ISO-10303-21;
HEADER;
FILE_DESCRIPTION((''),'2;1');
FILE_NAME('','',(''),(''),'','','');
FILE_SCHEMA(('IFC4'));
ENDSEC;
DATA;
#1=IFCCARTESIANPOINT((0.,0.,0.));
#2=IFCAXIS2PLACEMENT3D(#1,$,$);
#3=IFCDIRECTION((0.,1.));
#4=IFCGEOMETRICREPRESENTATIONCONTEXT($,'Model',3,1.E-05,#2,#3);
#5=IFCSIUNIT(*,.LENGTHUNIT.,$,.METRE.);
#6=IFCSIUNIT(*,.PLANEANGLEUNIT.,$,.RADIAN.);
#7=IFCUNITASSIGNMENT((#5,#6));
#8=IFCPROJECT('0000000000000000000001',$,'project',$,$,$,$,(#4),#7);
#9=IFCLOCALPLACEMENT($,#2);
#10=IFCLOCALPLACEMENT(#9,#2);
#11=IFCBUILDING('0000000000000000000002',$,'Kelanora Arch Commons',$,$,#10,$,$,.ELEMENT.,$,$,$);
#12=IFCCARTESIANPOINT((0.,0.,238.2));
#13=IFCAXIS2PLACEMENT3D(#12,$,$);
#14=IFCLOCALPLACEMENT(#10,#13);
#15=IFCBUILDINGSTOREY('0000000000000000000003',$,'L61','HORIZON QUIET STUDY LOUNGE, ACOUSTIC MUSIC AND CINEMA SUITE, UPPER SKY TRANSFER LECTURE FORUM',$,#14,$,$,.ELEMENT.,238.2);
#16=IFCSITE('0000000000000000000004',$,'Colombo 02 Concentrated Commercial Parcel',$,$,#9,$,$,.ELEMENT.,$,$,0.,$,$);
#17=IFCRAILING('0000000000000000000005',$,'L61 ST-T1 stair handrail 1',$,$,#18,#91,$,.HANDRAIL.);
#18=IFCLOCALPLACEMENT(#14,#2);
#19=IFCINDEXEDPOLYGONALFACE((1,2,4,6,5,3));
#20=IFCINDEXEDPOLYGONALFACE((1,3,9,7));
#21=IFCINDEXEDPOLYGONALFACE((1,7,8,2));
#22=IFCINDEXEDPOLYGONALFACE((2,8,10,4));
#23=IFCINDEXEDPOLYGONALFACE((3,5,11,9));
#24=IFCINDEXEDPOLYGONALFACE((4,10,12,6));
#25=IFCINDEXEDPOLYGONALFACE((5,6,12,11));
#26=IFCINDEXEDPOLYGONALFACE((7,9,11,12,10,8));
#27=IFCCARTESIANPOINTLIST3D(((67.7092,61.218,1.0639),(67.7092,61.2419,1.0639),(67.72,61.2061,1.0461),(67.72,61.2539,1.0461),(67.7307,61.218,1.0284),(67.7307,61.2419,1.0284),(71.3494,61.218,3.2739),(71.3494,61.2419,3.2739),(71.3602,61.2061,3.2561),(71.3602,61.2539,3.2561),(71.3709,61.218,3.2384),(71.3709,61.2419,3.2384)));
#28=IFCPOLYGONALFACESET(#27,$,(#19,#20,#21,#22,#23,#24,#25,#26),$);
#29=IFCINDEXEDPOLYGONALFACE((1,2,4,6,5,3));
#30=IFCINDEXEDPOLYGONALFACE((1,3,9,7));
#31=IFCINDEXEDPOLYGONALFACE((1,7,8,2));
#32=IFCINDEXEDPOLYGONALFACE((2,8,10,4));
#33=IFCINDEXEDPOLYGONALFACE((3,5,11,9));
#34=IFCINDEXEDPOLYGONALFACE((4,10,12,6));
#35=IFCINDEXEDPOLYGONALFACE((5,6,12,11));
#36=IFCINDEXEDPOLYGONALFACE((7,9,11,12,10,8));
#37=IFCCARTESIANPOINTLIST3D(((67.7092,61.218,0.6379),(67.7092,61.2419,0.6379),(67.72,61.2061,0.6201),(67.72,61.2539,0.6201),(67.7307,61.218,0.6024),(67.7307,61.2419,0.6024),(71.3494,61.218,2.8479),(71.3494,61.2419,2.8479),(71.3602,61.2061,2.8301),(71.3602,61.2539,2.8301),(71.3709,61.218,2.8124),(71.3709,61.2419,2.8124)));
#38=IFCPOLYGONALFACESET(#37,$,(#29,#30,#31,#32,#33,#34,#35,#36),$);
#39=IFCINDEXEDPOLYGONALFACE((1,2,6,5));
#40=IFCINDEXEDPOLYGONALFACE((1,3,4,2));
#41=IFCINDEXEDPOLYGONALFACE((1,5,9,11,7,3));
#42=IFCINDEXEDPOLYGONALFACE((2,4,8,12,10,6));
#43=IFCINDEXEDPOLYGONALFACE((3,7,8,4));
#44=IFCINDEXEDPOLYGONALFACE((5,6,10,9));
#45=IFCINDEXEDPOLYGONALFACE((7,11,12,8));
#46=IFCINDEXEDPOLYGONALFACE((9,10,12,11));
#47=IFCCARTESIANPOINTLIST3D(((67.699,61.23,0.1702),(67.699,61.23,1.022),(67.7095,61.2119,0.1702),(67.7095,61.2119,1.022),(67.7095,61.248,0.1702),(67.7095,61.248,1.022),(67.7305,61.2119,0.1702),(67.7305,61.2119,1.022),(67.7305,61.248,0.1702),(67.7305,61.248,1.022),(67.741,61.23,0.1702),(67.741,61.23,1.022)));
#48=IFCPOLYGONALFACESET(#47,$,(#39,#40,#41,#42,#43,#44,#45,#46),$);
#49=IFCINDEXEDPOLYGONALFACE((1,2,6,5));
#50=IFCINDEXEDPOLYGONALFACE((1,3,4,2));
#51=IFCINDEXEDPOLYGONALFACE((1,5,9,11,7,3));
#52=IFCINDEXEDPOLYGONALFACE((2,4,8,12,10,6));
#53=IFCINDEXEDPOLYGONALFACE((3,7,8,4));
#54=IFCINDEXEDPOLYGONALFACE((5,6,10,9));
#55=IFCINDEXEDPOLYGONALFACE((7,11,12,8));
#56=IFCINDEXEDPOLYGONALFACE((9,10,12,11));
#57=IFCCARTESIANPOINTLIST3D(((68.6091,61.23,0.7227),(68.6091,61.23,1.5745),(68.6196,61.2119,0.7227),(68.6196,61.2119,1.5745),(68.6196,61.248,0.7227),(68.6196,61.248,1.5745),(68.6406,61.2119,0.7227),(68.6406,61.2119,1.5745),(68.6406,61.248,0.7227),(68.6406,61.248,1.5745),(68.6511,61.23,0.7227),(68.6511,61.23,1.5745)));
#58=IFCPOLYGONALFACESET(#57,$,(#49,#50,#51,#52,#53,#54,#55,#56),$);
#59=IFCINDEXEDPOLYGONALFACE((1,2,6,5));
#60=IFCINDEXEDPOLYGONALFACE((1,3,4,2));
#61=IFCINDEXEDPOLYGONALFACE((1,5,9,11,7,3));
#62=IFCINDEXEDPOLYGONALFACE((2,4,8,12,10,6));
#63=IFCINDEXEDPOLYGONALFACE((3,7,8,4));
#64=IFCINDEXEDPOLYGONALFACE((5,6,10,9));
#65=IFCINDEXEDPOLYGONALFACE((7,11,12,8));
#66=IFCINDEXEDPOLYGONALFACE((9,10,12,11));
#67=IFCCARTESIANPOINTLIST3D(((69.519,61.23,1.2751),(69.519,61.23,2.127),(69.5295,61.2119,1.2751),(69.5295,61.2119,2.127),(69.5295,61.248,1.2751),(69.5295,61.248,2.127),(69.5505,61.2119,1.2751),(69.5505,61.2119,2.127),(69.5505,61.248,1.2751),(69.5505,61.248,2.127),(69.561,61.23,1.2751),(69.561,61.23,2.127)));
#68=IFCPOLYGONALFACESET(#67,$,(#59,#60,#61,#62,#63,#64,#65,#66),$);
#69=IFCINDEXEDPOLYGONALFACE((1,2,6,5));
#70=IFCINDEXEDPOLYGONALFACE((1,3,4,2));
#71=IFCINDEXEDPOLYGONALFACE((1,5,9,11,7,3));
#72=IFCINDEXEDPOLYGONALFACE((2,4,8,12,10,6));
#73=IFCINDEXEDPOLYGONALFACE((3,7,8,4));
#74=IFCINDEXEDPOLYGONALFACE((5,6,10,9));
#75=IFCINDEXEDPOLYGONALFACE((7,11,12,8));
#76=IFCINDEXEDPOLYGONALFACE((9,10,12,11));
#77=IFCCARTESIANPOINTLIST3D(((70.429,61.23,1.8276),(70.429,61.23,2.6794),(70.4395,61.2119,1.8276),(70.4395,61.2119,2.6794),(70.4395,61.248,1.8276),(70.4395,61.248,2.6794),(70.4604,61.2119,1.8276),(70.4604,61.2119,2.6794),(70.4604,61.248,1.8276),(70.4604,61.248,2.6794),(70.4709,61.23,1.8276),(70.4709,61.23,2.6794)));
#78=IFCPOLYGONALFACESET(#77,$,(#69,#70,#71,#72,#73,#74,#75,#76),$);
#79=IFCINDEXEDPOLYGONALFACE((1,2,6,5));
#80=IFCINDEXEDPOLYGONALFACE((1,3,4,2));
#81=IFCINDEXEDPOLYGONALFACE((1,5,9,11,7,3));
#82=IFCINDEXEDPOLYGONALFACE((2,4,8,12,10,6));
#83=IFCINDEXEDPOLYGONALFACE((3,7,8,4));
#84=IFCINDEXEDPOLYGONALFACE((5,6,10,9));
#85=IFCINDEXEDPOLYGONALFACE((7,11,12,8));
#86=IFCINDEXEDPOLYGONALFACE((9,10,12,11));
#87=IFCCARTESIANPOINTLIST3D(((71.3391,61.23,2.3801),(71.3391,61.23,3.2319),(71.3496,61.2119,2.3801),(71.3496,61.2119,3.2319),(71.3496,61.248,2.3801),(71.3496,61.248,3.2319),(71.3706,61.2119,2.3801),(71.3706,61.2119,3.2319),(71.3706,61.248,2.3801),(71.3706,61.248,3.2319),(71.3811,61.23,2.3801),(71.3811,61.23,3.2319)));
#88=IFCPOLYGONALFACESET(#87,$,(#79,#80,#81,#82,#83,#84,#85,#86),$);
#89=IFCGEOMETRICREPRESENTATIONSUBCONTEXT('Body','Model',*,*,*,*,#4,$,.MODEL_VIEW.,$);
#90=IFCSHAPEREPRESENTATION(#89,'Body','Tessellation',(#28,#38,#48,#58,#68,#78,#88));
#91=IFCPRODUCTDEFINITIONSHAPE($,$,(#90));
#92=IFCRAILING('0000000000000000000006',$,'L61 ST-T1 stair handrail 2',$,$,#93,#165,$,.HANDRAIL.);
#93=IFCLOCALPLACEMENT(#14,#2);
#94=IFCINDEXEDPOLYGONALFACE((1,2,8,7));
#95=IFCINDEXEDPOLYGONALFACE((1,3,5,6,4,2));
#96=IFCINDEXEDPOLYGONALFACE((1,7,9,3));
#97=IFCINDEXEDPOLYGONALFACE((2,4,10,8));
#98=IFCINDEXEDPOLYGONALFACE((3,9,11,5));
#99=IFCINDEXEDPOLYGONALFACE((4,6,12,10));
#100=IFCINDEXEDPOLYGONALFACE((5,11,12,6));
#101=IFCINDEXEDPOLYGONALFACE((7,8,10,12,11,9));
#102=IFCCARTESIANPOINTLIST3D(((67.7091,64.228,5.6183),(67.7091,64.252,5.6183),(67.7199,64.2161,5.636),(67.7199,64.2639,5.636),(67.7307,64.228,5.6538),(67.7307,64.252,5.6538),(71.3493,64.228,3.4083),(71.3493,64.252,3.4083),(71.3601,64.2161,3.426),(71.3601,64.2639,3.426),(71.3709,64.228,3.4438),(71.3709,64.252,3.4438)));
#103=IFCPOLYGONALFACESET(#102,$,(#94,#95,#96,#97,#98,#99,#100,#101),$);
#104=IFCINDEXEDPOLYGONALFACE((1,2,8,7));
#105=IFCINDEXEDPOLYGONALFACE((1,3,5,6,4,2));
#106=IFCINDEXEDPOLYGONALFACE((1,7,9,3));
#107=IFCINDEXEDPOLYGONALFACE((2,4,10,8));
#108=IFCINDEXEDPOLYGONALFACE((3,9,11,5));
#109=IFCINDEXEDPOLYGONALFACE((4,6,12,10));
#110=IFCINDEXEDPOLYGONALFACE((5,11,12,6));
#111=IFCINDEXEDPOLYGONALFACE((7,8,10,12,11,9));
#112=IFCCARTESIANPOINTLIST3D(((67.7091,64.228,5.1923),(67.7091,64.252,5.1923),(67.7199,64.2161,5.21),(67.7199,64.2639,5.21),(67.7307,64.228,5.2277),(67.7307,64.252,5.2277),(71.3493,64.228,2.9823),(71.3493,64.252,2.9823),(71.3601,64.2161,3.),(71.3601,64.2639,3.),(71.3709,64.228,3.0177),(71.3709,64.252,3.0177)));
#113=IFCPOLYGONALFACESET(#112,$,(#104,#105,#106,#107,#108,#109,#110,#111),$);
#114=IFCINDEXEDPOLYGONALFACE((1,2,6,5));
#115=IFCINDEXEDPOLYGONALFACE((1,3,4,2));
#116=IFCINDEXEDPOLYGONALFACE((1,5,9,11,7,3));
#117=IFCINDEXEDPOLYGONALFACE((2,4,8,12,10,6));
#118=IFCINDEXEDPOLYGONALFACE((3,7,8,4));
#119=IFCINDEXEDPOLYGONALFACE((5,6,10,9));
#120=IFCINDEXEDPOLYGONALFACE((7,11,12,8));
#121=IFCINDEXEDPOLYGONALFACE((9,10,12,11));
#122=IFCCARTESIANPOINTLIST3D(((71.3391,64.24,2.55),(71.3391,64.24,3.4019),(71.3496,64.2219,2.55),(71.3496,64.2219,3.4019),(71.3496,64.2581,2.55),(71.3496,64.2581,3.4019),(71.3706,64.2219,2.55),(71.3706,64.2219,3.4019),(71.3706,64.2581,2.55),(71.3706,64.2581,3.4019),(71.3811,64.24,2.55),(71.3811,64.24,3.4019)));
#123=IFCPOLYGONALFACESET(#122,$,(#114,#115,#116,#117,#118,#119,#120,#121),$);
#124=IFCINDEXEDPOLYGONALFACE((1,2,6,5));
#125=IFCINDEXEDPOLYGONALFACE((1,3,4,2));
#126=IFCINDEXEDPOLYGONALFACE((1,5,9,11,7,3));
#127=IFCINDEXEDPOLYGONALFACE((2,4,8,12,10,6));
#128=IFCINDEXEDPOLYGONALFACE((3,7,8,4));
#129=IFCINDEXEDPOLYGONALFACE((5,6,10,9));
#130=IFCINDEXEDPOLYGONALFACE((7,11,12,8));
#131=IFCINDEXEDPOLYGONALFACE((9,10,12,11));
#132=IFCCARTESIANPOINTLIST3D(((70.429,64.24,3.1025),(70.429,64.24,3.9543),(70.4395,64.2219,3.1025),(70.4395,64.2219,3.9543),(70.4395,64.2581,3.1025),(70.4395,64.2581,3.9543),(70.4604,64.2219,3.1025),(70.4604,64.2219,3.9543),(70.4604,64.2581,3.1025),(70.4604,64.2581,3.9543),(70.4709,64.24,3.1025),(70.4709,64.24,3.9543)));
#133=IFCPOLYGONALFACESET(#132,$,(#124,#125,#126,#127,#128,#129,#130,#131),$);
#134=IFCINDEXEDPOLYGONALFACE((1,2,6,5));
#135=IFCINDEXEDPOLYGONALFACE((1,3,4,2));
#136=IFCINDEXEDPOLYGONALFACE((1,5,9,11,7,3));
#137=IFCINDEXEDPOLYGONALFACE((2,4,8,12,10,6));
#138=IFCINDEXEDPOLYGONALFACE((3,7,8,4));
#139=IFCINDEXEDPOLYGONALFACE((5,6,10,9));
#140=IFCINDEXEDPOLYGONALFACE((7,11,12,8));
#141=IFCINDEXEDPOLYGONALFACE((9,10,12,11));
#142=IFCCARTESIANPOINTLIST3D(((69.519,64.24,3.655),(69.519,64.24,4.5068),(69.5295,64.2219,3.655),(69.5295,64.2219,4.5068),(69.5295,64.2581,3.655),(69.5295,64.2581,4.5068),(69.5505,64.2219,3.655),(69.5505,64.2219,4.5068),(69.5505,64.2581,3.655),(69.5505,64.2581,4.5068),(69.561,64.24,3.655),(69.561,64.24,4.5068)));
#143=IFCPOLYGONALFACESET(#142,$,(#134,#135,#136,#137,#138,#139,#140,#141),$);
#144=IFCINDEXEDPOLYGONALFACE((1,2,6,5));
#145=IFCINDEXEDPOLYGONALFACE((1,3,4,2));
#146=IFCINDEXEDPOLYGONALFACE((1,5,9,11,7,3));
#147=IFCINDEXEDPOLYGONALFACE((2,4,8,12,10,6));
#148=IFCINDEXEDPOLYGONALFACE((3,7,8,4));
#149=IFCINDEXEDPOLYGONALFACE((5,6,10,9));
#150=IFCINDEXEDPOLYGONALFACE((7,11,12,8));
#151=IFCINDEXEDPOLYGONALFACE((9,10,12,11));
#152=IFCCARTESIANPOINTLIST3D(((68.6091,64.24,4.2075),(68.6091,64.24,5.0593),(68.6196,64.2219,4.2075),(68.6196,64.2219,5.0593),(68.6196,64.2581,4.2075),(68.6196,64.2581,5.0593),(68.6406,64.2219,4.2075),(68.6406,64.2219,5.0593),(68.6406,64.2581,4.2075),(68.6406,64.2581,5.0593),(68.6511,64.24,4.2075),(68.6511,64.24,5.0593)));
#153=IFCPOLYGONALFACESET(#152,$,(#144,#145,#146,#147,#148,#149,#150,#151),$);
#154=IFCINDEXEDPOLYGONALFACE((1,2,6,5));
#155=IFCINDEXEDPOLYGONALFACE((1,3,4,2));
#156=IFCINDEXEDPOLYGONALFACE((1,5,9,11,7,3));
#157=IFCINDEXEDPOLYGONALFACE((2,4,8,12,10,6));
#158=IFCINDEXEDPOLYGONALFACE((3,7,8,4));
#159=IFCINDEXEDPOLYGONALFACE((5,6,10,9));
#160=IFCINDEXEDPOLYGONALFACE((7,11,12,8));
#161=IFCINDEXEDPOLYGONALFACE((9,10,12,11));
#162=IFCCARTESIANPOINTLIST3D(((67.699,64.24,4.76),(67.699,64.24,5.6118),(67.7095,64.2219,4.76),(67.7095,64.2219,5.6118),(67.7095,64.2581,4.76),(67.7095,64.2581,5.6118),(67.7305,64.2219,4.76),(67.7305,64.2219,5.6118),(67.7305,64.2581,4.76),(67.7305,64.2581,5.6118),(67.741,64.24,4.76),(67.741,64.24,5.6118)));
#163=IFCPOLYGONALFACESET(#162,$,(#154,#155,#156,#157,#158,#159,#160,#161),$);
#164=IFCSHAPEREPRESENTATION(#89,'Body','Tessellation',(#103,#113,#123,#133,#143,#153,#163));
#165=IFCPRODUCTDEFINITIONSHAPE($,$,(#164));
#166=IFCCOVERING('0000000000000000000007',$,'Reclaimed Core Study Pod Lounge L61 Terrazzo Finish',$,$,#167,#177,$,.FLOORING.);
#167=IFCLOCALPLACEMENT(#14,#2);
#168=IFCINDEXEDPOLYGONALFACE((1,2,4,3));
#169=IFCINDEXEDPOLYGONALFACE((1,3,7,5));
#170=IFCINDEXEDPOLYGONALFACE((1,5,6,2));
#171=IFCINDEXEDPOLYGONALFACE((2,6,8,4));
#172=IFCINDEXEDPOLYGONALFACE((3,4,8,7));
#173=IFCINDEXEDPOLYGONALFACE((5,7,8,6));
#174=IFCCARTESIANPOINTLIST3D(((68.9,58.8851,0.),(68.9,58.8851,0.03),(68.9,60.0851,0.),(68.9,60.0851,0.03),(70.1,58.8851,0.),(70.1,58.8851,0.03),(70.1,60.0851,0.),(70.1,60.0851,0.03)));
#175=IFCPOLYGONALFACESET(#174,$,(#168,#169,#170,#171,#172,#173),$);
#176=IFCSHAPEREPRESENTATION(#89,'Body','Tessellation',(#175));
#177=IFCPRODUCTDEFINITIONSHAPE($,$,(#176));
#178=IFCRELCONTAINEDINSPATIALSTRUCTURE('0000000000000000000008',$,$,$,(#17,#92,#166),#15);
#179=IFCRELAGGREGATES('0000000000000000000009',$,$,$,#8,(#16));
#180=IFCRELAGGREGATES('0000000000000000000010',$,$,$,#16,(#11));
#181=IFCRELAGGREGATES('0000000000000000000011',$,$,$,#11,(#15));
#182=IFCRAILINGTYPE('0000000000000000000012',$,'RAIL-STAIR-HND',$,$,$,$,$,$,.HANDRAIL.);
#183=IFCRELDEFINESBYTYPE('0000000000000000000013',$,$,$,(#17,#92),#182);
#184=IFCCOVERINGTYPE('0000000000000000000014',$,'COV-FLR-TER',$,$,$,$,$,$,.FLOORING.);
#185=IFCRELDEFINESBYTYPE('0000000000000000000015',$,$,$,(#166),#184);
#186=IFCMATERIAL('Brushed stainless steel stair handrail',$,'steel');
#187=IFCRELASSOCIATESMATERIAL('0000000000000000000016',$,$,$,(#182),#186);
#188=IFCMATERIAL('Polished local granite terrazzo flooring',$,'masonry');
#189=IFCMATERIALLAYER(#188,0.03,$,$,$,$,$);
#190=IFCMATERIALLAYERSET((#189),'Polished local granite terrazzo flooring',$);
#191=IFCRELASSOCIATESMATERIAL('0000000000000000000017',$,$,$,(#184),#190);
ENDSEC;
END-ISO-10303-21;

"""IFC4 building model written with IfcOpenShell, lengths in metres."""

from ifc_helpers import new_model, si_unit, direction, frame, origin, origin_2d, place, context, subcontext, project, spatial, polyline, rectangle, outline, extrude, source, transform, mapped, material, layer, layer_set, type_object, element, save


model = new_model("IFC4")

# Units and contexts
model_context = context("Model", 3, precision=1e-05, world=origin(), true_north=direction((0.0, 1.0)))
body_context = subcontext(model_context, "Body", "Model", "MODEL_VIEW")
ifc_project = project(units=[si_unit("LENGTHUNIT", "METRE"), si_unit("PLANEANGLEUNIT", "RADIAN")], contexts=[model_context])

# Site, building, storey
site_placement = place(None, origin())
site = spatial("IfcSite", under=ifc_project, at=site_placement, Name="Colombo 02 Concentrated Commercial Parcel", CompositionType="ELEMENT", RefElevation=0.0)
building_placement = place(site_placement, origin())
building = spatial("IfcBuilding", under=site, at=building_placement, Name="Kelanora Arch Commons", CompositionType="ELEMENT")
storey_placement = place(building_placement, frame((0.0, 0.0, 238.2)))
storey = spatial("IfcBuildingStorey", under=building, at=storey_placement, Name="L61", Description="HORIZON QUIET STUDY LOUNGE, ACOUSTIC MUSIC AND CINEMA SUITE, UPPER SKY TRANSFER LECTURE FORUM", CompositionType="ELEMENT", Elevation=238.2)

# Railings
ifc_material_1 = material(Name="Brushed stainless steel stair handrail", Category="steel")
railing_type_1 = type_object("IfcRailingType", Name="RAIL-STAIR-HND", PredefinedType="HANDRAIL", material=ifc_material_1)
railing_1_placement = place(storey_placement, frame((67.72, 61.23, 0.1702)))
element("IfcRailing", 1, at=railing_1_placement, inside=storey, type_object=railing_type_1, Name="L61 ST-T1 stair handrail 1", PredefinedType="HANDRAIL", context=body_context, shape_type="SweptSolid", body=[
    extrude(outline(polyline([(0.0239, 0.0), (0.012, 0.0208), (-0.012, 0.0208), (-0.0239, 0.0), (-0.012, -0.0208), (0.012, -0.0208), (0.0239, 0.0)])), frame((0.0, 0.0, 0.876), z_axis=(0.8548, 0.0, 0.518957), x_axis=(0.0, 1.0, 0.0)), (0.0, 0.0, 1.0), 4.2585),
    extrude(outline(polyline([(0.0239, 0.0), (0.012, 0.0208), (-0.012, 0.0208), (-0.0239, 0.0), (-0.012, -0.0208), (0.012, -0.0208), (0.0239, 0.0)])), frame((0.0, 0.0, 0.45), z_axis=(0.8548, 0.0, 0.518957), x_axis=(0.0, 1.0, 0.0)), (0.0, 0.0, 1.0), 4.2585),
    extrude(outline(polyline([(0.021, 0.0), (0.0105, 0.0181), (-0.0105, 0.0181), (-0.021, 0.0), (-0.0105, -0.0181), (0.0105, -0.0181), (0.021, 0.0)])), origin(), (0.0, 0.0, 1.0), 0.8518),
    extrude(outline(polyline([(0.021, 0.0), (0.0105, 0.0181), (-0.0105, 0.0181), (-0.021, 0.0), (-0.0105, -0.0181), (0.0105, -0.0181), (0.021, 0.0)])), frame((0.9102, 0.0, 0.5525)), (0.0, 0.0, 1.0), 0.8518),
    extrude(outline(polyline([(0.021, 0.0), (0.0105, 0.0181), (-0.0105, 0.0181), (-0.021, 0.0), (-0.0105, -0.0181), (0.0105, -0.0181), (0.021, 0.0)])), frame((1.8201, 0.0, 1.105)), (0.0, 0.0, 1.0), 0.8518),
    extrude(outline(polyline([(0.021, 0.0), (0.0105, 0.0181), (-0.0105, 0.0181), (-0.021, 0.0), (-0.0105, -0.0181), (0.0105, -0.0181), (0.021, 0.0)])), frame((2.73, 0.0, 1.6575)), (0.0, 0.0, 1.0), 0.8518),
    extrude(outline(polyline([(0.021, 0.0), (0.0105, 0.0181), (-0.0105, 0.0181), (-0.021, 0.0), (-0.0105, -0.0181), (0.0105, -0.0181), (0.021, 0.0)])), frame((3.6401, 0.0, 2.21)), (0.0, 0.0, 1.0), 0.8518),
])
railing_2_placement = place(storey_placement, frame((71.3601, 64.24, 2.55)))
element("IfcRailing", 2, at=railing_2_placement, inside=storey, type_object=railing_type_1, Name="L61 ST-T1 stair handrail 2", PredefinedType="HANDRAIL", context=body_context, shape_type="SweptSolid", body=[
    extrude(outline(polyline([(0.0239, 0.0), (0.012, 0.0208), (-0.012, 0.0208), (-0.0239, 0.0), (-0.012, -0.0208), (0.012, -0.0208), (0.0239, 0.0)])), frame((0.0, 0.0, 0.876), z_axis=(-0.8548, 0.0, 0.518957), x_axis=(0.0, -1.0, 0.0)), (0.0, 0.0, 1.0), 4.2585),
    extrude(outline(polyline([(0.0239, 0.0), (0.012, 0.0208), (-0.012, 0.0208), (-0.0239, 0.0), (-0.012, -0.0208), (0.012, -0.0208), (0.0239, 0.0)])), frame((0.0, 0.0, 0.45), z_axis=(-0.8548, 0.0, 0.518957), x_axis=(0.0, -1.0, 0.0)), (0.0, 0.0, 1.0), 4.2585),
    extrude(outline(polyline([(0.021, 0.0), (0.0105, 0.0181), (-0.0105, 0.0181), (-0.021, 0.0), (-0.0105, -0.0181), (0.0105, -0.0181), (0.021, 0.0)])), origin(), (0.0, 0.0, 1.0), 0.8518),
    extrude(outline(polyline([(0.021, 0.0), (0.0105, 0.0181), (-0.0105, 0.0181), (-0.021, 0.0), (-0.0105, -0.0181), (0.0105, -0.0181), (0.021, 0.0)])), frame((-0.9102, 0.0, 0.5525)), (0.0, 0.0, 1.0), 0.8518),
    extrude(outline(polyline([(0.021, 0.0), (0.0105, 0.0181), (-0.0105, 0.0181), (-0.021, 0.0), (-0.0105, -0.0181), (0.0105, -0.0181), (0.021, 0.0)])), frame((-1.8201, 0.0, 1.105)), (0.0, 0.0, 1.0), 0.8518),
    extrude(outline(polyline([(0.021, 0.0), (0.0105, 0.0181), (-0.0105, 0.0181), (-0.021, 0.0), (-0.0105, -0.0181), (0.0105, -0.0181), (0.021, 0.0)])), frame((-2.73, 0.0, 1.6575)), (0.0, 0.0, 1.0), 0.8518),
    extrude(outline(polyline([(0.021, 0.0), (0.0105, 0.0181), (-0.0105, 0.0181), (-0.021, 0.0), (-0.0105, -0.0181), (0.0105, -0.0181), (0.021, 0.0)])), frame((-3.6401, 0.0, 2.21)), (0.0, 0.0, 1.0), 0.8518),
])

# Covering
ifc_material_2 = material(Name="Polished local granite terrazzo flooring", Category="masonry")
ifc_layer_1 = layer(ifc_material_2, 0.03)
ifc_layer_set_1 = layer_set([ifc_layer_1], Name="Polished local granite terrazzo flooring")
covering_type = type_object("IfcCoveringType", Name="COV-FLR-TER", PredefinedType="FLOORING", material=ifc_layer_set_1)
shared_shape = source(origin(), body_context, "Body", "SweptSolid", [
    extrude(rectangle(XDim=1.2, YDim=1.2, at=origin_2d()), origin(), (0.0, 0.0, 1.0), 0.03),
])
covering_placement = place(storey_placement, frame((69.5, 59.4851, 0.0), z_axis=(0.0, 0.0, 1.0), x_axis=(1.0, 0.0, 0.0)))
element("IfcCovering", 3, at=covering_placement, inside=storey, type_object=covering_type, Name="Reclaimed Core Study Pod Lounge L61 Terrazzo Finish", PredefinedType="FLOORING", context=body_context, shape_type="MappedRepresentation", body=[
    mapped(shared_shape, transform((0.0, 0.0, 0.0), scale=1.0)),
])

save(model, "model.ifc")
